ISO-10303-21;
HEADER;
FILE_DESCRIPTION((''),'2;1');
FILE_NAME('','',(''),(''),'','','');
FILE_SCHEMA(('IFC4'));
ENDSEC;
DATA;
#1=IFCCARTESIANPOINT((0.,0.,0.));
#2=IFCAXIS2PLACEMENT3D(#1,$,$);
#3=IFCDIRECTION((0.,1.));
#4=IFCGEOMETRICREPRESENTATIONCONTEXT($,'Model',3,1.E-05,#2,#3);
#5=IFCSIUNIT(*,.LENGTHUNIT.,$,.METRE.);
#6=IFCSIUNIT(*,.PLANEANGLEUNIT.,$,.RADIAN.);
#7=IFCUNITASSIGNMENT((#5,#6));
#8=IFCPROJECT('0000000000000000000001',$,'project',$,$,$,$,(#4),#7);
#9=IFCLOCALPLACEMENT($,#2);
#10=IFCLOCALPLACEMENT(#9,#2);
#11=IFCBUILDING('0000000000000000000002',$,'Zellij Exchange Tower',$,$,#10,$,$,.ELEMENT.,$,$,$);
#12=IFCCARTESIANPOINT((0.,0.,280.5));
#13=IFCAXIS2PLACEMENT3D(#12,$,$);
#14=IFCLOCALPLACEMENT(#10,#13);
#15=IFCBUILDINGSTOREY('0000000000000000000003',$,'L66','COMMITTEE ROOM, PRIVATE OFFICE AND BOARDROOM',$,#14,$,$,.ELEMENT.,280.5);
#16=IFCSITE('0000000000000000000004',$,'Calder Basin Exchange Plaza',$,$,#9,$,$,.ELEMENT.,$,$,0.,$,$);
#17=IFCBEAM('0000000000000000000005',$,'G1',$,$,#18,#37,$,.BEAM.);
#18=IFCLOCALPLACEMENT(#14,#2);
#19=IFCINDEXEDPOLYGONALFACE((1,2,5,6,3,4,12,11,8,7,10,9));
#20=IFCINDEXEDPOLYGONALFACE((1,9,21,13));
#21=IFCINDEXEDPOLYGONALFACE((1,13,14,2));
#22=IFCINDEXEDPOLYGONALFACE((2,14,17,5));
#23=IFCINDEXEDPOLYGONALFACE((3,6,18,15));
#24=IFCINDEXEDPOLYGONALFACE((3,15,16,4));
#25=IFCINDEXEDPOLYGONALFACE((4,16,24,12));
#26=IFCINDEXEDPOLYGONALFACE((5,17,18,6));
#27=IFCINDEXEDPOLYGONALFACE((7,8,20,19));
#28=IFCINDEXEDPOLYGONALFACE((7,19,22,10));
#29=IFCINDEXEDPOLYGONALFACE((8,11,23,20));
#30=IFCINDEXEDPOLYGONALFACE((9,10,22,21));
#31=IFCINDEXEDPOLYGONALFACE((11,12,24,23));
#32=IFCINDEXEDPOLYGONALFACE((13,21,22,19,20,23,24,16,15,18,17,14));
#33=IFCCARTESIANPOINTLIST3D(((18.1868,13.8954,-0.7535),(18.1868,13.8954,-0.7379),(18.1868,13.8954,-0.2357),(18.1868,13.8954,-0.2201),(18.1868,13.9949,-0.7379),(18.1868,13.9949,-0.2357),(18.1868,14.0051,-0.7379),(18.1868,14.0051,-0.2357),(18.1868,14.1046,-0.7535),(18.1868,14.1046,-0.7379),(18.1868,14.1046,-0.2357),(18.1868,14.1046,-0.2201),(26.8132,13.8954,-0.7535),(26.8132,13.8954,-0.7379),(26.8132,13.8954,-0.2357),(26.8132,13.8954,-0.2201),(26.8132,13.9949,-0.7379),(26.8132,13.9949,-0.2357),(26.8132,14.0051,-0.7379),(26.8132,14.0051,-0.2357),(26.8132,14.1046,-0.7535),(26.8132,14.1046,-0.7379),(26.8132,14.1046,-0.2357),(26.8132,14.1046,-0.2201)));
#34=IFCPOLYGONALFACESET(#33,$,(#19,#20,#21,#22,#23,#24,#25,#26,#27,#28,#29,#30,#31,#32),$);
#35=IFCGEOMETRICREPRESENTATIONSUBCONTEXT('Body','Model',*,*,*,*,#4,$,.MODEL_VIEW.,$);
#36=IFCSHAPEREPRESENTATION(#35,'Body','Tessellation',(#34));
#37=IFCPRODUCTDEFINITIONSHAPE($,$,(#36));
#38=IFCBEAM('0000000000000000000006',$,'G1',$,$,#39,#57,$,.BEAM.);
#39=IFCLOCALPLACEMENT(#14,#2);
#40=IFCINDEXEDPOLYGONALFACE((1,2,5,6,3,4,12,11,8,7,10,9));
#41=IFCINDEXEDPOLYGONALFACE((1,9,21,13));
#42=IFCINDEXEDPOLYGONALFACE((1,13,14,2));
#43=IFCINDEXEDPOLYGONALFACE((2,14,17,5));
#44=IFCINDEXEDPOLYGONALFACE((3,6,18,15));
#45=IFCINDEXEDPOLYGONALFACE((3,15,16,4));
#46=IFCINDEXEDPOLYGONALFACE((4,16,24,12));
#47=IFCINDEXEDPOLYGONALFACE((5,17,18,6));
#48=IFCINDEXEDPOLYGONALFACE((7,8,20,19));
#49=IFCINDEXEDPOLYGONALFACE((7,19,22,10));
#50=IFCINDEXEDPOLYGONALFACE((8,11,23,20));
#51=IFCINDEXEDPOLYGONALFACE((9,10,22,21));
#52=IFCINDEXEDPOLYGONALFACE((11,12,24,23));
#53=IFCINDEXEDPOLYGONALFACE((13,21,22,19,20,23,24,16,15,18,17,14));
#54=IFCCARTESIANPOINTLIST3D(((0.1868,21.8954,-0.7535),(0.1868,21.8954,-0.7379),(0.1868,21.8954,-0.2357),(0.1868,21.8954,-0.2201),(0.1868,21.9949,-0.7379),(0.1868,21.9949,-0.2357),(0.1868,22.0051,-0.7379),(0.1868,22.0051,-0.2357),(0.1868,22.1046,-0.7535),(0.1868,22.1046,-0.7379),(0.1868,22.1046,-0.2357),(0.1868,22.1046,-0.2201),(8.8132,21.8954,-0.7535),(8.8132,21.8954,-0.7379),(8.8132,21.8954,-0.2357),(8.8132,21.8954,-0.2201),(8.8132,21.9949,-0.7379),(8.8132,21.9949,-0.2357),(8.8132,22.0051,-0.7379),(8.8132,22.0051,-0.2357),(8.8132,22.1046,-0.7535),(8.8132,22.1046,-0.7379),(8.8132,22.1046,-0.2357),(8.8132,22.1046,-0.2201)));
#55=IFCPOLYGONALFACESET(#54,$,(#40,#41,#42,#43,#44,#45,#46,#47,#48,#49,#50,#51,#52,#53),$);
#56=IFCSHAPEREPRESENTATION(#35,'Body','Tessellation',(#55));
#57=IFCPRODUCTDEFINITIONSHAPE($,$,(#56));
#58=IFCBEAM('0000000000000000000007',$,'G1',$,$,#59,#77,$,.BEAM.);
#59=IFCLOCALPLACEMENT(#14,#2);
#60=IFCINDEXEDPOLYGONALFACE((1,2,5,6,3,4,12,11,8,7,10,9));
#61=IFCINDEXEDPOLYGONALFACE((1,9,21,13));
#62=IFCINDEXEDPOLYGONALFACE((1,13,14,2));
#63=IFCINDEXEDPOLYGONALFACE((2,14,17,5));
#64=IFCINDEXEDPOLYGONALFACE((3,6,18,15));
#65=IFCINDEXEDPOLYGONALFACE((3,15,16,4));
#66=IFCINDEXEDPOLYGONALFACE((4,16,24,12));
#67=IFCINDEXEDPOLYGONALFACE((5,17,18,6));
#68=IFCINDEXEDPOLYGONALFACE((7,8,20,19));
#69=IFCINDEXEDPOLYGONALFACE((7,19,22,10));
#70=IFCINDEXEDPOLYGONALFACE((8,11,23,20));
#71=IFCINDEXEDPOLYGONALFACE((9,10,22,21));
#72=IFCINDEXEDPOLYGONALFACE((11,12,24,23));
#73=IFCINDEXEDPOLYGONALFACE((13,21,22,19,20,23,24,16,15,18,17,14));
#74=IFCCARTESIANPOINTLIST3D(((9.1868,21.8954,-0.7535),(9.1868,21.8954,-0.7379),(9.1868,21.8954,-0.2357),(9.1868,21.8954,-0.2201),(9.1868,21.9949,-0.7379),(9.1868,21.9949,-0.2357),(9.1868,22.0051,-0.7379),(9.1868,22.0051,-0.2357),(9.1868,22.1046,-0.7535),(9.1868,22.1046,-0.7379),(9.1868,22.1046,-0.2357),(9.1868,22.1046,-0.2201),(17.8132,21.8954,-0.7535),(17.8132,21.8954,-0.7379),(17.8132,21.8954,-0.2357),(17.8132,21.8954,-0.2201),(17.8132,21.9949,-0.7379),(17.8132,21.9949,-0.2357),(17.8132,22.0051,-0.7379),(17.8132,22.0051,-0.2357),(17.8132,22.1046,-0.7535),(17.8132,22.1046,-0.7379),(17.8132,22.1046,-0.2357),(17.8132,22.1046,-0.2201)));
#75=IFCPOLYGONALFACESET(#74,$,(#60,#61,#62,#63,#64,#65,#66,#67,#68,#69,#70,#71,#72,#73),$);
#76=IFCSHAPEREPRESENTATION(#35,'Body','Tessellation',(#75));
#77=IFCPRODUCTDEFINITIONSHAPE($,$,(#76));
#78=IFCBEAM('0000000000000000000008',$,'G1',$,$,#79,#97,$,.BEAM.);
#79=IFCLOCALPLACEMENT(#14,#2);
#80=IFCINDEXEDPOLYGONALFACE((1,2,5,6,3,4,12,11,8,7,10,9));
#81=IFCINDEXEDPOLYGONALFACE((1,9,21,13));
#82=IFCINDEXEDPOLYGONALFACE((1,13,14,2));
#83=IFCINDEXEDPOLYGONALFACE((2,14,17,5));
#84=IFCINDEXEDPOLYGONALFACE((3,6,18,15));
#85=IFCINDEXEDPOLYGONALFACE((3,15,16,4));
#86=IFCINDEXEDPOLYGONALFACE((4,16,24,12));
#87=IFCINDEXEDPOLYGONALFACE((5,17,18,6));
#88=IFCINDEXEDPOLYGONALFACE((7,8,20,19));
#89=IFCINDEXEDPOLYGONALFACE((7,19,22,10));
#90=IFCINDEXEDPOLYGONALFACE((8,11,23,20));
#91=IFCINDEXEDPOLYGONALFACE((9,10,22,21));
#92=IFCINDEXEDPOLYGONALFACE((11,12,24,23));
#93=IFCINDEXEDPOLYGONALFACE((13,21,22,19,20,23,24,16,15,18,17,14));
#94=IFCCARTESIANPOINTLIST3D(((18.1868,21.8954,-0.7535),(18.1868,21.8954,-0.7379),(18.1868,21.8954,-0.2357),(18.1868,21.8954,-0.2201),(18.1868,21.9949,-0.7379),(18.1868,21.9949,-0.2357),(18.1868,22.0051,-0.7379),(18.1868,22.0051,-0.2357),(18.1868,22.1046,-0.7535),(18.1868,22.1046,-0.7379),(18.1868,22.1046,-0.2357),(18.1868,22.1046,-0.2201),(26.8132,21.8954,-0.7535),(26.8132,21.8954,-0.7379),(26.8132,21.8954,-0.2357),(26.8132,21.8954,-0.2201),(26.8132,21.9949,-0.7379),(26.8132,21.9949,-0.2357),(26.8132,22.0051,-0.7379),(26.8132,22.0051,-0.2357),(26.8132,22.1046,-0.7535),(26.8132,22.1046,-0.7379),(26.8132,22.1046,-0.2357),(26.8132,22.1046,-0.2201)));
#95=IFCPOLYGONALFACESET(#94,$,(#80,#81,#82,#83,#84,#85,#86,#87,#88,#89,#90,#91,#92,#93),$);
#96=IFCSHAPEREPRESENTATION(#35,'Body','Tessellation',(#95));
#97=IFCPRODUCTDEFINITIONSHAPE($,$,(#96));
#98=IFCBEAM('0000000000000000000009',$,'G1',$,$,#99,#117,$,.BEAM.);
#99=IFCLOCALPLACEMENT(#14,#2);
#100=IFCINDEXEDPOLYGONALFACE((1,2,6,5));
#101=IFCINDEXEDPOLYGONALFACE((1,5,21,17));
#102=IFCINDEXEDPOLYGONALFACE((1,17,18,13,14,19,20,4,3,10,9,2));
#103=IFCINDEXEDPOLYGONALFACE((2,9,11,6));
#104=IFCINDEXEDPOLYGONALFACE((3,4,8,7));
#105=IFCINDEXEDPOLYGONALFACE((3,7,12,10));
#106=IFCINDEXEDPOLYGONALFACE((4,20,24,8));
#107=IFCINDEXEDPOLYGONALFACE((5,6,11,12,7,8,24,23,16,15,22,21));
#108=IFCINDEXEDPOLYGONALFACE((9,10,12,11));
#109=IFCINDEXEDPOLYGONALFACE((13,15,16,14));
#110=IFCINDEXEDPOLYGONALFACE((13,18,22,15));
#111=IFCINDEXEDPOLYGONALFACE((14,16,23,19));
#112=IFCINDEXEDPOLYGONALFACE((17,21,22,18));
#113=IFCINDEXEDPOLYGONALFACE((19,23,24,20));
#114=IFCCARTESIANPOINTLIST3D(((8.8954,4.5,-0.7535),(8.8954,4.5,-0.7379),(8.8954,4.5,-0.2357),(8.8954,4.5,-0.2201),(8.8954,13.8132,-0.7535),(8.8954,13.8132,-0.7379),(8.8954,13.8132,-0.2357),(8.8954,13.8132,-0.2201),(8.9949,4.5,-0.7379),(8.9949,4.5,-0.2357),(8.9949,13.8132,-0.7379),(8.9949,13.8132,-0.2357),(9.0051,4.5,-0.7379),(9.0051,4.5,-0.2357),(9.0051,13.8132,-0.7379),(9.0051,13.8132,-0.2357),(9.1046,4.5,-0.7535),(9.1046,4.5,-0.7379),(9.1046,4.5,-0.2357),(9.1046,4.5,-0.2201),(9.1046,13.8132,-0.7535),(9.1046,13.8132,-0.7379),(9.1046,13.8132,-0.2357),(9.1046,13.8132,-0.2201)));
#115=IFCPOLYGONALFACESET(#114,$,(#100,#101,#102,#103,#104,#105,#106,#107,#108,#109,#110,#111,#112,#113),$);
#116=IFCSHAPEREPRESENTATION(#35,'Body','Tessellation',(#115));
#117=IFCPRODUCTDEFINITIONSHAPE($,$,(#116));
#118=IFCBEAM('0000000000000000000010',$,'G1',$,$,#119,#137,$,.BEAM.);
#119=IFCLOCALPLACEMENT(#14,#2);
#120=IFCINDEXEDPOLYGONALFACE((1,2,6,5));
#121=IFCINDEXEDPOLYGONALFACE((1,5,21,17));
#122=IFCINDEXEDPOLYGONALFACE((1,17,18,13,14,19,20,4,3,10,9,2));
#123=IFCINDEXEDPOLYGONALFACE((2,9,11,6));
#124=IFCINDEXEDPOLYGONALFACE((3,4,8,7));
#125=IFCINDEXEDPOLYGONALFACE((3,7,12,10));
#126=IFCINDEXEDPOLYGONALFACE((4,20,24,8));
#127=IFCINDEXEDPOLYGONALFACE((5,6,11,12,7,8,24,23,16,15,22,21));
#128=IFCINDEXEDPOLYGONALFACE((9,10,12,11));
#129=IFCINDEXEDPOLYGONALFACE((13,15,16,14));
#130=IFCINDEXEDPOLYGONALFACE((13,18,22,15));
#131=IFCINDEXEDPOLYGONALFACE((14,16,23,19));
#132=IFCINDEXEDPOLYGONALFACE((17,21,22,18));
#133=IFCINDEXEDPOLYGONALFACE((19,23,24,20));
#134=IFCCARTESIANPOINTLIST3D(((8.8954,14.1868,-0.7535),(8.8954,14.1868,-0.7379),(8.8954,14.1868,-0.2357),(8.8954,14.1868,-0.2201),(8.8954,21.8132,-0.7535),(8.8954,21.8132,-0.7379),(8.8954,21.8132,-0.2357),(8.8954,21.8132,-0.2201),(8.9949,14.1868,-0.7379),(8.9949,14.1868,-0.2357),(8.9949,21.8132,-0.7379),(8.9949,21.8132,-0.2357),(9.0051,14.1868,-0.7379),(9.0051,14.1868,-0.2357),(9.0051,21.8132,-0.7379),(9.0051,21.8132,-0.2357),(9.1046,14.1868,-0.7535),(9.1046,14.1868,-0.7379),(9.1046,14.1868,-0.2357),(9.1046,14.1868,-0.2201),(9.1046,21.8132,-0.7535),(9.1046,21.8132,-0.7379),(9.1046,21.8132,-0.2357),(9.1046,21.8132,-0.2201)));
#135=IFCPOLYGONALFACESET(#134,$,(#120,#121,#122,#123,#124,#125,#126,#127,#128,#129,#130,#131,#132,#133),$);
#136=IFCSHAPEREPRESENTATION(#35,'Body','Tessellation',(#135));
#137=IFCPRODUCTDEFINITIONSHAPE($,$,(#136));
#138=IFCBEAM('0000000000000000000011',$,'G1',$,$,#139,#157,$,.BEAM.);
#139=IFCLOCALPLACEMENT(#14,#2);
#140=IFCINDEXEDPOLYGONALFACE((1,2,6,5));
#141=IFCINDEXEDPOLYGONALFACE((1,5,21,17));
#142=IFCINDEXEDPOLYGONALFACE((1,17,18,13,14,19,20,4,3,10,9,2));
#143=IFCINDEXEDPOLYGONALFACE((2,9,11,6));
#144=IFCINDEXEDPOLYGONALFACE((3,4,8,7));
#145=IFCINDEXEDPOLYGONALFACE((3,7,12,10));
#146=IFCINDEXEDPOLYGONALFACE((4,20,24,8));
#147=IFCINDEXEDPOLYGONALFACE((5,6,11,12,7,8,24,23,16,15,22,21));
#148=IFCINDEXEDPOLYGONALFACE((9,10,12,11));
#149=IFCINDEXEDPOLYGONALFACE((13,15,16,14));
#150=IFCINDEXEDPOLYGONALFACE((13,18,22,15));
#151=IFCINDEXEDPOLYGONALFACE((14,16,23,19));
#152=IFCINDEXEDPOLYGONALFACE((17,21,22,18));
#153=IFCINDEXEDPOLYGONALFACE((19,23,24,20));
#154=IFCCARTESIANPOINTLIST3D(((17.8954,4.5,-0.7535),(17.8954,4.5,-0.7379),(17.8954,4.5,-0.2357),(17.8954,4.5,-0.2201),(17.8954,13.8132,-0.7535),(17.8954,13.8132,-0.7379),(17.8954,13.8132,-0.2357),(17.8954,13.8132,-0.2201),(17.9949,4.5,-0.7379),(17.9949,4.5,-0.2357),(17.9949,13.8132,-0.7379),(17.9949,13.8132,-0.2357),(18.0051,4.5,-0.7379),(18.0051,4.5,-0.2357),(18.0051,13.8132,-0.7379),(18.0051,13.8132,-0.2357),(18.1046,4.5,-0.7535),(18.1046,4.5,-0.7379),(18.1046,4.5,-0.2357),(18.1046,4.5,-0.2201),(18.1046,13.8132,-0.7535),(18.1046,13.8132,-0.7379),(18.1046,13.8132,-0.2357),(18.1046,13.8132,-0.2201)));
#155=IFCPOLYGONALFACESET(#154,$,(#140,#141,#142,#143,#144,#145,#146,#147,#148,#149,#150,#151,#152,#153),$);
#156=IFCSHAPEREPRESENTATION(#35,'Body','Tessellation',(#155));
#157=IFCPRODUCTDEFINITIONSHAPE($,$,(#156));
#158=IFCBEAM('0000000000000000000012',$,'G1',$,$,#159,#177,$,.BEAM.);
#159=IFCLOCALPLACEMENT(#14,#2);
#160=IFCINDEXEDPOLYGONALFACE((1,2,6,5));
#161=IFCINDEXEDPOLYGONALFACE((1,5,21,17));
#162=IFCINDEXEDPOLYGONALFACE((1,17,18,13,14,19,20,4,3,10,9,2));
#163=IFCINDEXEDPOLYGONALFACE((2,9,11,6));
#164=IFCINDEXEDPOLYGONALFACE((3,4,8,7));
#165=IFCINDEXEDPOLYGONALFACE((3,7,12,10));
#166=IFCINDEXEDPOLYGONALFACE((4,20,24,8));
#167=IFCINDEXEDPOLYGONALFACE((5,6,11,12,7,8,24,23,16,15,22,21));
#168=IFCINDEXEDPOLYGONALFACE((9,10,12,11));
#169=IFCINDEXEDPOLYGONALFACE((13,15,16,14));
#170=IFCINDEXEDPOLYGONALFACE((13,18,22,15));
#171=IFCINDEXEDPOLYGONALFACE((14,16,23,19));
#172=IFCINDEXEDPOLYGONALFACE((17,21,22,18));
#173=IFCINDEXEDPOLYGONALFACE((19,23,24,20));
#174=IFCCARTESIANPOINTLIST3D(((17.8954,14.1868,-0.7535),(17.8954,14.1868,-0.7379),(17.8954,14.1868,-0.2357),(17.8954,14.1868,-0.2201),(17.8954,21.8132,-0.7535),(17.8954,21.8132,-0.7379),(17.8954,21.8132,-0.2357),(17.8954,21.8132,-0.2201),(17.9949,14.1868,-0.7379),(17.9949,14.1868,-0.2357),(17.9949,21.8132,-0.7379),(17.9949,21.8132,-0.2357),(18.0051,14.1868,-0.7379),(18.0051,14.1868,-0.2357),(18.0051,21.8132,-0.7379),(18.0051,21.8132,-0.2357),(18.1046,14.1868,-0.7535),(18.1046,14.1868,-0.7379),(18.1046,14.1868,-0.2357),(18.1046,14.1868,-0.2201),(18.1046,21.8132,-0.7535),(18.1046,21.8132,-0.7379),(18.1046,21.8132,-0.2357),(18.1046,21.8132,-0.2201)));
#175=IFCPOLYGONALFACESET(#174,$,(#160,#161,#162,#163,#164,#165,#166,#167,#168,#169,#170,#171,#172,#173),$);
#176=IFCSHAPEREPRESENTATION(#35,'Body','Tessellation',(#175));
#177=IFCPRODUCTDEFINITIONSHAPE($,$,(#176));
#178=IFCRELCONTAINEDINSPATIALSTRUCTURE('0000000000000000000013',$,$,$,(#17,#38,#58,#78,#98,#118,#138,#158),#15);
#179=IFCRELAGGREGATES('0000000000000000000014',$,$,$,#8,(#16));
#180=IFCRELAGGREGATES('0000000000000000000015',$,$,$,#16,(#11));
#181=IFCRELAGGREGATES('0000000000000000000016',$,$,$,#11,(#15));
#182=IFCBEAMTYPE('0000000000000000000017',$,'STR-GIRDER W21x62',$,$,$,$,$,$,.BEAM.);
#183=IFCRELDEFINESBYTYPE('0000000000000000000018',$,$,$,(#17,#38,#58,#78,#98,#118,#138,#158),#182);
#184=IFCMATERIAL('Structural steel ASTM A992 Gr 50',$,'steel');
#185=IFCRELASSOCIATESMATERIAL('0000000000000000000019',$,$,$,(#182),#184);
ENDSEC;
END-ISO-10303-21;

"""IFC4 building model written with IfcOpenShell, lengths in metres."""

from ifc_helpers import new_model, si_unit, direction, frame, origin, origin_2d, place, context, subcontext, project, spatial, i_section, extrude, material, material_profile, profile_set, type_object, element, save


model = new_model("IFC4")

# Units and contexts
model_context = context("Model", 3, precision=1e-05, world=origin(), true_north=direction((0.0, 1.0)))
body_context = subcontext(model_context, "Body", "Model", "MODEL_VIEW")
ifc_project = project(units=[si_unit("LENGTHUNIT", "METRE"), si_unit("PLANEANGLEUNIT", "RADIAN")], contexts=[model_context])

# Site, building, storey
site_placement = place(None, origin())
site = spatial("IfcSite", under=ifc_project, at=site_placement, Name="Calder Basin Exchange Plaza", CompositionType="ELEMENT", RefElevation=0.0)
building_placement = place(site_placement, origin())
building = spatial("IfcBuilding", under=site, at=building_placement, Name="Zellij Exchange Tower", CompositionType="ELEMENT")
storey_placement = place(building_placement, frame((0.0, 0.0, 280.5)))
storey = spatial("IfcBuildingStorey", under=building, at=storey_placement, Name="L66", Description="COMMITTEE ROOM, PRIVATE OFFICE AND BOARDROOM", CompositionType="ELEMENT", Elevation=280.5)

# Shared definitions
ifc_material_1 = material(Name="Structural steel ASTM A992 Gr 50", Category="steel")

# Beams
ifc_material_profile_1 = material_profile(ifc_material_1, i_section(OverallWidth=0.2092, OverallDepth=0.5334, WebThickness=0.0103, FlangeThickness=0.0156, at=origin_2d()), Name="W21x62")
ifc_profile_set_1 = profile_set([ifc_material_profile_1], Name="Structural steel ASTM A992 Gr 50")
beam_type = type_object("IfcBeamType", Name="STR-GIRDER W21x62", PredefinedType="BEAM", material=ifc_profile_set_1)
for number, where, z_axis, x_axis, name in (
    (1, (18.1868, 14.0, -0.4868), (1.0, 0.0, 0.0), (0.0, 1.0, 0.0), "G1"),
    (2, (0.1868, 22.0, -0.4868), (1.0, 0.0, 0.0), (0.0, 1.0, 0.0), "G1"),
    (3, (9.1868, 22.0, -0.4868), (1.0, 0.0, 0.0), (0.0, 1.0, 0.0), "G1"),
    (4, (18.1868, 22.0, -0.4868), (1.0, 0.0, 0.0), (0.0, 1.0, 0.0), "G1"),
):
    element("IfcBeam", number, at=place(storey_placement, frame(where, z_axis=z_axis, x_axis=x_axis)), inside=storey, type_object=beam_type, Name=name, PredefinedType="BEAM", context=body_context, shape_type="SweptSolid", body=[
        extrude(i_section(OverallWidth=0.2092, OverallDepth=0.5334, WebThickness=0.0103, FlangeThickness=0.0156, at=origin_2d()), origin(), (0.0, 0.0, 1.0), 8.6265),
    ])
beam_1_placement = place(storey_placement, frame((9.0, 4.5, -0.4868), z_axis=(0.0, 1.0, 0.0), x_axis=(-1.0, 0.0, 0.0)))
element("IfcBeam", 5, at=beam_1_placement, inside=storey, type_object=beam_type, Name="G1", PredefinedType="BEAM", context=body_context, shape_type="SweptSolid", body=[
    extrude(i_section(OverallWidth=0.2092, OverallDepth=0.5334, WebThickness=0.0103, FlangeThickness=0.0156, at=origin_2d()), origin(), (0.0, 0.0, 1.0), 9.3132),
])
beam_2_placement = place(storey_placement, frame((9.0, 14.1868, -0.4868), z_axis=(0.0, 1.0, 0.0), x_axis=(-1.0, 0.0, 0.0)))
element("IfcBeam", 6, at=beam_2_placement, inside=storey, type_object=beam_type, Name="G1", PredefinedType="BEAM", context=body_context, shape_type="SweptSolid", body=[
    extrude(i_section(OverallWidth=0.2092, OverallDepth=0.5334, WebThickness=0.0103, FlangeThickness=0.0156, at=origin_2d()), origin(), (0.0, 0.0, 1.0), 7.6265),
])
beam_3_placement = place(storey_placement, frame((18.0, 4.5, -0.4868), z_axis=(0.0, 1.0, 0.0), x_axis=(-1.0, 0.0, 0.0)))
element("IfcBeam", 7, at=beam_3_placement, inside=storey, type_object=beam_type, Name="G1", PredefinedType="BEAM", context=body_context, shape_type="SweptSolid", body=[
    extrude(i_section(OverallWidth=0.2092, OverallDepth=0.5334, WebThickness=0.0103, FlangeThickness=0.0156, at=origin_2d()), origin(), (0.0, 0.0, 1.0), 9.3132),
])
beam_4_placement = place(storey_placement, frame((18.0, 14.1868, -0.4868), z_axis=(0.0, 1.0, 0.0), x_axis=(-1.0, 0.0, 0.0)))
element("IfcBeam", 8, at=beam_4_placement, inside=storey, type_object=beam_type, Name="G1", PredefinedType="BEAM", context=body_context, shape_type="SweptSolid", body=[
    extrude(i_section(OverallWidth=0.2092, OverallDepth=0.5334, WebThickness=0.0103, FlangeThickness=0.0156, at=origin_2d()), origin(), (0.0, 0.0, 1.0), 7.6265),
])

save(model, "model.ifc")
